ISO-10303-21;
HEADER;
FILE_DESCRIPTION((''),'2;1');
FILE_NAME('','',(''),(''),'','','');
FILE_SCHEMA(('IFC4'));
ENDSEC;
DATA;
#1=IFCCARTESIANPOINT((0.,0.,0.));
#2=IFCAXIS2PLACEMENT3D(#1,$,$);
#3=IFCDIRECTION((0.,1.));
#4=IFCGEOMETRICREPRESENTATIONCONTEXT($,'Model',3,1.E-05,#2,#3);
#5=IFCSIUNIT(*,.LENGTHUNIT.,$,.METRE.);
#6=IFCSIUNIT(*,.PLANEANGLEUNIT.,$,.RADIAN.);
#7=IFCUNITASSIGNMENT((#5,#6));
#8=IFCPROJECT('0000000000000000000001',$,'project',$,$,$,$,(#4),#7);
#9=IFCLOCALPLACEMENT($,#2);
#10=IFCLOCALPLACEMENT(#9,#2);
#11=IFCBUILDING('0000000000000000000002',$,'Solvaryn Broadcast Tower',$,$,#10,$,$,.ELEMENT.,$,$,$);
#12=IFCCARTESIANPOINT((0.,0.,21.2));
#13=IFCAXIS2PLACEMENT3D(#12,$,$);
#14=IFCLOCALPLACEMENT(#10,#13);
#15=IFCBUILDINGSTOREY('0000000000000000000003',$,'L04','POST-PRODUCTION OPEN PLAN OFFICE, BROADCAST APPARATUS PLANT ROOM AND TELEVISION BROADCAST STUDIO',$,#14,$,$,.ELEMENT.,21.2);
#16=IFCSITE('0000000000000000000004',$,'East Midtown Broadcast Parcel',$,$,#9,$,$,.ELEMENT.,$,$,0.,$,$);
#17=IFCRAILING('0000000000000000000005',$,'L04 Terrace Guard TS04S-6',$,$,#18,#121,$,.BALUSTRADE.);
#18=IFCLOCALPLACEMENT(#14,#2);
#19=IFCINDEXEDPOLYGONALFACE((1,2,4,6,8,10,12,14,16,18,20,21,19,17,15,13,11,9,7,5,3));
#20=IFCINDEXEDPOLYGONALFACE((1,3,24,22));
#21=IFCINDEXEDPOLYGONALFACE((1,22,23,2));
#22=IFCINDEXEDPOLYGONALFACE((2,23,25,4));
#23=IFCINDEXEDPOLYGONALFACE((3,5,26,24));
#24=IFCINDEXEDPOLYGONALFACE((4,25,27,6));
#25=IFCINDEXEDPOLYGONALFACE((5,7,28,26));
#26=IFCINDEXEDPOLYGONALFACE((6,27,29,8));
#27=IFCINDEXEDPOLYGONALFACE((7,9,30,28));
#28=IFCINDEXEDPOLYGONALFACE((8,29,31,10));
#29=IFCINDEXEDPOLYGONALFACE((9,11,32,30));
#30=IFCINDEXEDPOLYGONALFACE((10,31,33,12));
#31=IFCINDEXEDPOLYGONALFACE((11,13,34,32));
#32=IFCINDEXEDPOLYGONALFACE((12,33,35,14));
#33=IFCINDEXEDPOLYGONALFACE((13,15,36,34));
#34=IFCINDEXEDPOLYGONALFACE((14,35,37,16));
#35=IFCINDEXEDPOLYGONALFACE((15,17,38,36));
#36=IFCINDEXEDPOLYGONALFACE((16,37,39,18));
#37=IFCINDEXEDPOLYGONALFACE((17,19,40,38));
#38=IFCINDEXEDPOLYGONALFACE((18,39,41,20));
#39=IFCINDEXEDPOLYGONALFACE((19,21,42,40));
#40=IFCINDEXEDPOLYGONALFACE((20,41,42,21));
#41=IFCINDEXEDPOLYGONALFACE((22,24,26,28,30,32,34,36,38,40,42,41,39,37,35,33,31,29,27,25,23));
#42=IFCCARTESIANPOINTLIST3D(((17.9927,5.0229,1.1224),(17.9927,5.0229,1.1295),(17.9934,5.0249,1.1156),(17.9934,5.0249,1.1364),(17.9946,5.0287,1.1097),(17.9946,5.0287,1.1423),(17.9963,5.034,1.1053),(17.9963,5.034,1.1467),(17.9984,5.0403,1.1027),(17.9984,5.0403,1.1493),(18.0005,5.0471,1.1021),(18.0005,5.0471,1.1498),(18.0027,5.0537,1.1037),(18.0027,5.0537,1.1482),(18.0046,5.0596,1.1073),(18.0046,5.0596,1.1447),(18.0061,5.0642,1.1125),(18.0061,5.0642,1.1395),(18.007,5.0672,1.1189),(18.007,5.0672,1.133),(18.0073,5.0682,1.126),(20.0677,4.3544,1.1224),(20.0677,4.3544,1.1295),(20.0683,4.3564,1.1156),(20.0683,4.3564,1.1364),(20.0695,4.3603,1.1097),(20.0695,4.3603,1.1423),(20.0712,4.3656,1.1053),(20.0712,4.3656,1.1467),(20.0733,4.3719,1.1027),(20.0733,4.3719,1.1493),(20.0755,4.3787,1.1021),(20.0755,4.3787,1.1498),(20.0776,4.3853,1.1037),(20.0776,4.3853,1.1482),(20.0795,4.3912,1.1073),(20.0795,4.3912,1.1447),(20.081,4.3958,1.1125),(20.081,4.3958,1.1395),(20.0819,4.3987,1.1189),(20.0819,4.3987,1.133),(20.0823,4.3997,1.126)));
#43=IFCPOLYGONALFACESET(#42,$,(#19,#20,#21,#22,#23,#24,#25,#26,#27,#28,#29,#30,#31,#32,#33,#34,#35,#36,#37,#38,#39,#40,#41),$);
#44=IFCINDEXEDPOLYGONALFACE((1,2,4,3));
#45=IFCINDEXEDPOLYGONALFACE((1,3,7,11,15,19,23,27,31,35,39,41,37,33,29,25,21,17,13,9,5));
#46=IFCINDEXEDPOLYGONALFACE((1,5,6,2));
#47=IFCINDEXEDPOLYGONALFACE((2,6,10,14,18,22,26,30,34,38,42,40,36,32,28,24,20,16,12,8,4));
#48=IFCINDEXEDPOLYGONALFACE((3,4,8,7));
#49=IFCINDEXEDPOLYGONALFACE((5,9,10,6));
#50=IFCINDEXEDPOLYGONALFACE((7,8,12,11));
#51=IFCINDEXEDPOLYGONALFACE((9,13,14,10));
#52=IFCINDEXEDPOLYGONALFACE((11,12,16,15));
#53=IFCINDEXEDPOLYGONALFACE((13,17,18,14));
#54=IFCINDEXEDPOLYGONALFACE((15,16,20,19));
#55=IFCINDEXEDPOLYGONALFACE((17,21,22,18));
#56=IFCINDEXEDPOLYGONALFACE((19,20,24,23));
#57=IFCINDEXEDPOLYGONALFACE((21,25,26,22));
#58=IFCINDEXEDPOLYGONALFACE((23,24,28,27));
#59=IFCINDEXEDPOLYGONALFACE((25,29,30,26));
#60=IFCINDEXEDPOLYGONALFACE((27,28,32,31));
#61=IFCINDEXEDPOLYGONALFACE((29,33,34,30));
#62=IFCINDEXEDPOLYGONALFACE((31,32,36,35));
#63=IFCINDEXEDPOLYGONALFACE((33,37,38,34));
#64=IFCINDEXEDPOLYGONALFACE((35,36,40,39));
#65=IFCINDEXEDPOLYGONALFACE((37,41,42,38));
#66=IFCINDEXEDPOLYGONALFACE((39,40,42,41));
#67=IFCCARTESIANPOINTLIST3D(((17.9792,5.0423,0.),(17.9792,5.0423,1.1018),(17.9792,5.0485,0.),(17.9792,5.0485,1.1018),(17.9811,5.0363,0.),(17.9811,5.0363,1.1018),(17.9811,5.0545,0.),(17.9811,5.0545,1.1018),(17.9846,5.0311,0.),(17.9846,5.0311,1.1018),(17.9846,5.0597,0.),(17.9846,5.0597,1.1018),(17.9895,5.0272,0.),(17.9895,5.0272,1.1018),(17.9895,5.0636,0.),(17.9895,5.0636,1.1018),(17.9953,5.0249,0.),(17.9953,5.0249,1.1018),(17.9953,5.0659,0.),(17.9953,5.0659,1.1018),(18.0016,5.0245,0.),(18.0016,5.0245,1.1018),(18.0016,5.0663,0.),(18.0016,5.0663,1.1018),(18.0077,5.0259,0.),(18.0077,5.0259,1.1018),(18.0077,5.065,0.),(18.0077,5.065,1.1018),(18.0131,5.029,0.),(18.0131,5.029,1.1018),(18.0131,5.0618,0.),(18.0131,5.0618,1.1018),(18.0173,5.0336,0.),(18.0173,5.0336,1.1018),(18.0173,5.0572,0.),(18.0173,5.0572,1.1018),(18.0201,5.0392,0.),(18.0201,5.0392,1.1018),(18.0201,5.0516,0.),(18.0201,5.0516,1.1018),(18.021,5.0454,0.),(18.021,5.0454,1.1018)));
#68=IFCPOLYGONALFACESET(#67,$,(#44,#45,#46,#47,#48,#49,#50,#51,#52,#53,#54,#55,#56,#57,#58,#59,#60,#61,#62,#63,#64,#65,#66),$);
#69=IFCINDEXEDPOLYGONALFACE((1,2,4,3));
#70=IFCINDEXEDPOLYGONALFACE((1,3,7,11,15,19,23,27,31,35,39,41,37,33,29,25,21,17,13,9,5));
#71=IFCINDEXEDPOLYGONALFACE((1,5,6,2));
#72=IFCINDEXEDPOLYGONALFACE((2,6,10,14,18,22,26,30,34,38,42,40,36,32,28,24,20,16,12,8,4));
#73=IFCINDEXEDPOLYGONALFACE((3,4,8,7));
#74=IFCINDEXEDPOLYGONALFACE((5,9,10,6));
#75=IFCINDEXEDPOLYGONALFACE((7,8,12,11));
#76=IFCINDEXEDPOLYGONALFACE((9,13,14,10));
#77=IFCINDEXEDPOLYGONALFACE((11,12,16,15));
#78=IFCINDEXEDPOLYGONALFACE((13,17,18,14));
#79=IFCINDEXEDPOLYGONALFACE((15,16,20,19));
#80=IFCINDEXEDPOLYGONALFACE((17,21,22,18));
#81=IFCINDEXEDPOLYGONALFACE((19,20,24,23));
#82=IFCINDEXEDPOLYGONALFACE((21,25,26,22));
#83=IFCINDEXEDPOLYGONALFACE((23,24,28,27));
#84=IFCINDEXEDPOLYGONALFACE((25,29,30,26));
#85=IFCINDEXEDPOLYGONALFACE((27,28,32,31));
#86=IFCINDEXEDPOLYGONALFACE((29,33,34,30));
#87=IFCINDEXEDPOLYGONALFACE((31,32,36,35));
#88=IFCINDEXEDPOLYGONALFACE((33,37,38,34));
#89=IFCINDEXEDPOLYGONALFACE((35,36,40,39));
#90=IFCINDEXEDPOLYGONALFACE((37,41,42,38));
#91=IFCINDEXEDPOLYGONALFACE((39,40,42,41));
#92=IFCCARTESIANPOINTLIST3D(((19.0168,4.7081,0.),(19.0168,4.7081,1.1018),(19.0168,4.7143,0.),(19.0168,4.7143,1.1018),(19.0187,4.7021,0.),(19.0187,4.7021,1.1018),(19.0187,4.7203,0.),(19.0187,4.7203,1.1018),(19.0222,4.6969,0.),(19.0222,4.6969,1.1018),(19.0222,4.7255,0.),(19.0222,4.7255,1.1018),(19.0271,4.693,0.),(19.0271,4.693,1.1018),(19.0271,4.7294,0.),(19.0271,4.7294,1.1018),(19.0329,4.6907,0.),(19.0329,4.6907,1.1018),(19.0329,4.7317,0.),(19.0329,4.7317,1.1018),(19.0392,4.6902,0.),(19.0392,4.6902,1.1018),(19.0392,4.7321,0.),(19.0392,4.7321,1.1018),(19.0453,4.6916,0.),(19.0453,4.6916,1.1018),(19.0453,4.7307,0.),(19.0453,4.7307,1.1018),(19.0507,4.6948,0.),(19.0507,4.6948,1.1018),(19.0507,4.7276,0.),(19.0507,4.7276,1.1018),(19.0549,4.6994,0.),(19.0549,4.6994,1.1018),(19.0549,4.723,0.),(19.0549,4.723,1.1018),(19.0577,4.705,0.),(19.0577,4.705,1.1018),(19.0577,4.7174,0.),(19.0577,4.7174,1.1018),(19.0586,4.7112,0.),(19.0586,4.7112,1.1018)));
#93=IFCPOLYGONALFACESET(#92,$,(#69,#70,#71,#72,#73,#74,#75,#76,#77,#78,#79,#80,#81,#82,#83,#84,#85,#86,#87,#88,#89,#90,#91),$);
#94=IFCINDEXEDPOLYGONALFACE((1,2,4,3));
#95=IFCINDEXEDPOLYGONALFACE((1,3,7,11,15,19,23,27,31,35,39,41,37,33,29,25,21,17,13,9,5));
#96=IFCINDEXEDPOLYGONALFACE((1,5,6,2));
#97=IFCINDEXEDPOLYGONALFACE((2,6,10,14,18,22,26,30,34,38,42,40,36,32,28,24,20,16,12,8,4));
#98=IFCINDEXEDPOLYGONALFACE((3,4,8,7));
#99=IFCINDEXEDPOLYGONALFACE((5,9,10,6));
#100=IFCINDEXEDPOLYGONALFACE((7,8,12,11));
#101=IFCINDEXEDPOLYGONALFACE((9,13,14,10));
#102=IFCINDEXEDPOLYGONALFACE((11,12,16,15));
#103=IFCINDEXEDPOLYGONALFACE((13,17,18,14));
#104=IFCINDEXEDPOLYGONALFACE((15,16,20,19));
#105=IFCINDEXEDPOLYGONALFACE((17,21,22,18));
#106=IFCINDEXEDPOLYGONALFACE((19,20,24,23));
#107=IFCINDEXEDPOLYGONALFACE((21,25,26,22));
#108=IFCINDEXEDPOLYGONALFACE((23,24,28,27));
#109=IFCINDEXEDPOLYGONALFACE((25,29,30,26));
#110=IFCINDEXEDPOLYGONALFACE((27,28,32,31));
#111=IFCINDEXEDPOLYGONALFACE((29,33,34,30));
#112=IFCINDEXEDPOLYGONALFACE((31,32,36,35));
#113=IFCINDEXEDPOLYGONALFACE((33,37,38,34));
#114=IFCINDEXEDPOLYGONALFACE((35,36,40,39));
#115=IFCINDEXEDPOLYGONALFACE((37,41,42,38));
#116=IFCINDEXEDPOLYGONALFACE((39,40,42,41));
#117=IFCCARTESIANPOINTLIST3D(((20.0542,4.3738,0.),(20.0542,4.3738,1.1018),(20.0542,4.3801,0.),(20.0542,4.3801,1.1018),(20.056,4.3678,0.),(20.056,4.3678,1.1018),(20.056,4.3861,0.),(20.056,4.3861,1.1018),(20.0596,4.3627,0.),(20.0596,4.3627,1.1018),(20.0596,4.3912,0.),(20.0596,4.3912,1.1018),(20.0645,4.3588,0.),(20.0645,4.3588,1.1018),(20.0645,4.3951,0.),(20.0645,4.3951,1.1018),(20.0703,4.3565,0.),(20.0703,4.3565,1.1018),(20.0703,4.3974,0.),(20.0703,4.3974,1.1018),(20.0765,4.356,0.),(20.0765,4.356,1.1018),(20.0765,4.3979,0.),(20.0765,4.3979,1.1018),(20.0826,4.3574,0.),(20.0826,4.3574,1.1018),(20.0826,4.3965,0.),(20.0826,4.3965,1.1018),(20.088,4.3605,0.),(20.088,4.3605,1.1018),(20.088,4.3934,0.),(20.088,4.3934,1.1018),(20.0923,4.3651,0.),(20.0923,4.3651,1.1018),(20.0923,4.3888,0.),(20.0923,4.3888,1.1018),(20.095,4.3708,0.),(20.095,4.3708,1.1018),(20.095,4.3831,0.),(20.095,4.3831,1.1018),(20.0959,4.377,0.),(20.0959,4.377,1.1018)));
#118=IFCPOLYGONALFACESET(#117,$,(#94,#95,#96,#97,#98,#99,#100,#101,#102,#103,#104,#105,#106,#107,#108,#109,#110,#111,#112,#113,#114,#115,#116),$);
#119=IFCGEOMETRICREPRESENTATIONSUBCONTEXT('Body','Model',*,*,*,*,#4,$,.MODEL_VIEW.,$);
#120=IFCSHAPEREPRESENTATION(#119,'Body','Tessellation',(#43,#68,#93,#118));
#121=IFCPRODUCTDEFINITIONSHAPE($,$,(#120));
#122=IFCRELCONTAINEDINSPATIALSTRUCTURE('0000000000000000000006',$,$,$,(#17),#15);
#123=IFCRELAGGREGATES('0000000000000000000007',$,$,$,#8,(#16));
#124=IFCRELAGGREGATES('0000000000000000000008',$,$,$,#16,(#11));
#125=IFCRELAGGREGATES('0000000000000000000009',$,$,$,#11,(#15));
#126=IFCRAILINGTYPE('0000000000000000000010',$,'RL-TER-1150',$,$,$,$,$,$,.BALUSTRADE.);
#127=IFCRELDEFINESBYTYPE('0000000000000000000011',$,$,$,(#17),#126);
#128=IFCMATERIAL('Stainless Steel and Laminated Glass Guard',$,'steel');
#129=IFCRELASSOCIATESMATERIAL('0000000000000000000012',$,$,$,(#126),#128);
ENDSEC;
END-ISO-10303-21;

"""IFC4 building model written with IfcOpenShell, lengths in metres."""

from ifc_helpers import new_model, si_unit, direction, frame, origin, origin_2d, place, context, subcontext, project, spatial, circle, extrude, material, type_object, element, save


model = new_model("IFC4")

# Units and contexts
model_context = context("Model", 3, precision=1e-05, world=origin(), true_north=direction((0.0, 1.0)))
body_context = subcontext(model_context, "Body", "Model", "MODEL_VIEW")
ifc_project = project(units=[si_unit("LENGTHUNIT", "METRE"), si_unit("PLANEANGLEUNIT", "RADIAN")], contexts=[model_context])

# Site, building, storey
site_placement = place(None, origin())
site = spatial("IfcSite", under=ifc_project, at=site_placement, Name="East Midtown Broadcast Parcel", CompositionType="ELEMENT", RefElevation=0.0)
building_placement = place(site_placement, origin())
building = spatial("IfcBuilding", under=site, at=building_placement, Name="Solvaryn Broadcast Tower", CompositionType="ELEMENT")
storey_placement = place(building_placement, frame((0.0, 0.0, 21.2)))
storey = spatial("IfcBuildingStorey", under=building, at=storey_placement, Name="L04", Description="POST-PRODUCTION OPEN PLAN OFFICE, BROADCAST APPARATUS PLANT ROOM AND TELEVISION BROADCAST STUDIO", CompositionType="ELEMENT", Elevation=21.2)

# Railing
ifc_material_1 = material(Name="Stainless Steel and Laminated Glass Guard", Category="steel")
railing_type = type_object("IfcRailingType", Name="RL-TER-1150", PredefinedType="BALUSTRADE", material=ifc_material_1)
railing_1_placement = place(storey_placement, frame((18.0, 5.0454, 0.0)))
element("IfcRailing", 1, at=railing_1_placement, inside=storey, type_object=railing_type, Name="L04 Terrace Guard TS04S-6", PredefinedType="BALUSTRADE", context=body_context, shape_type="SweptSolid", body=[
    extrude(circle(Radius=0.0239, at=origin_2d()), frame((0.0, 0.0, 1.126), z_axis=(0.951827, -0.306636, 0.0), x_axis=(0.306636, 0.951827, 0.0)), (0.0, 0.0, 1.0), 2.1799),
    extrude(circle(Radius=0.021, at=origin_2d()), origin(), (0.0, 0.0, 1.0), 1.1018),
    extrude(circle(Radius=0.021, at=origin_2d()), frame((1.0376, -0.3342, 0.0)), (0.0, 0.0, 1.0), 1.1018),
    extrude(circle(Radius=0.021, at=origin_2d()), frame((2.075, -0.6685, 0.0)), (0.0, 0.0, 1.0), 1.1018),
])

save(model, "model.ifc")
